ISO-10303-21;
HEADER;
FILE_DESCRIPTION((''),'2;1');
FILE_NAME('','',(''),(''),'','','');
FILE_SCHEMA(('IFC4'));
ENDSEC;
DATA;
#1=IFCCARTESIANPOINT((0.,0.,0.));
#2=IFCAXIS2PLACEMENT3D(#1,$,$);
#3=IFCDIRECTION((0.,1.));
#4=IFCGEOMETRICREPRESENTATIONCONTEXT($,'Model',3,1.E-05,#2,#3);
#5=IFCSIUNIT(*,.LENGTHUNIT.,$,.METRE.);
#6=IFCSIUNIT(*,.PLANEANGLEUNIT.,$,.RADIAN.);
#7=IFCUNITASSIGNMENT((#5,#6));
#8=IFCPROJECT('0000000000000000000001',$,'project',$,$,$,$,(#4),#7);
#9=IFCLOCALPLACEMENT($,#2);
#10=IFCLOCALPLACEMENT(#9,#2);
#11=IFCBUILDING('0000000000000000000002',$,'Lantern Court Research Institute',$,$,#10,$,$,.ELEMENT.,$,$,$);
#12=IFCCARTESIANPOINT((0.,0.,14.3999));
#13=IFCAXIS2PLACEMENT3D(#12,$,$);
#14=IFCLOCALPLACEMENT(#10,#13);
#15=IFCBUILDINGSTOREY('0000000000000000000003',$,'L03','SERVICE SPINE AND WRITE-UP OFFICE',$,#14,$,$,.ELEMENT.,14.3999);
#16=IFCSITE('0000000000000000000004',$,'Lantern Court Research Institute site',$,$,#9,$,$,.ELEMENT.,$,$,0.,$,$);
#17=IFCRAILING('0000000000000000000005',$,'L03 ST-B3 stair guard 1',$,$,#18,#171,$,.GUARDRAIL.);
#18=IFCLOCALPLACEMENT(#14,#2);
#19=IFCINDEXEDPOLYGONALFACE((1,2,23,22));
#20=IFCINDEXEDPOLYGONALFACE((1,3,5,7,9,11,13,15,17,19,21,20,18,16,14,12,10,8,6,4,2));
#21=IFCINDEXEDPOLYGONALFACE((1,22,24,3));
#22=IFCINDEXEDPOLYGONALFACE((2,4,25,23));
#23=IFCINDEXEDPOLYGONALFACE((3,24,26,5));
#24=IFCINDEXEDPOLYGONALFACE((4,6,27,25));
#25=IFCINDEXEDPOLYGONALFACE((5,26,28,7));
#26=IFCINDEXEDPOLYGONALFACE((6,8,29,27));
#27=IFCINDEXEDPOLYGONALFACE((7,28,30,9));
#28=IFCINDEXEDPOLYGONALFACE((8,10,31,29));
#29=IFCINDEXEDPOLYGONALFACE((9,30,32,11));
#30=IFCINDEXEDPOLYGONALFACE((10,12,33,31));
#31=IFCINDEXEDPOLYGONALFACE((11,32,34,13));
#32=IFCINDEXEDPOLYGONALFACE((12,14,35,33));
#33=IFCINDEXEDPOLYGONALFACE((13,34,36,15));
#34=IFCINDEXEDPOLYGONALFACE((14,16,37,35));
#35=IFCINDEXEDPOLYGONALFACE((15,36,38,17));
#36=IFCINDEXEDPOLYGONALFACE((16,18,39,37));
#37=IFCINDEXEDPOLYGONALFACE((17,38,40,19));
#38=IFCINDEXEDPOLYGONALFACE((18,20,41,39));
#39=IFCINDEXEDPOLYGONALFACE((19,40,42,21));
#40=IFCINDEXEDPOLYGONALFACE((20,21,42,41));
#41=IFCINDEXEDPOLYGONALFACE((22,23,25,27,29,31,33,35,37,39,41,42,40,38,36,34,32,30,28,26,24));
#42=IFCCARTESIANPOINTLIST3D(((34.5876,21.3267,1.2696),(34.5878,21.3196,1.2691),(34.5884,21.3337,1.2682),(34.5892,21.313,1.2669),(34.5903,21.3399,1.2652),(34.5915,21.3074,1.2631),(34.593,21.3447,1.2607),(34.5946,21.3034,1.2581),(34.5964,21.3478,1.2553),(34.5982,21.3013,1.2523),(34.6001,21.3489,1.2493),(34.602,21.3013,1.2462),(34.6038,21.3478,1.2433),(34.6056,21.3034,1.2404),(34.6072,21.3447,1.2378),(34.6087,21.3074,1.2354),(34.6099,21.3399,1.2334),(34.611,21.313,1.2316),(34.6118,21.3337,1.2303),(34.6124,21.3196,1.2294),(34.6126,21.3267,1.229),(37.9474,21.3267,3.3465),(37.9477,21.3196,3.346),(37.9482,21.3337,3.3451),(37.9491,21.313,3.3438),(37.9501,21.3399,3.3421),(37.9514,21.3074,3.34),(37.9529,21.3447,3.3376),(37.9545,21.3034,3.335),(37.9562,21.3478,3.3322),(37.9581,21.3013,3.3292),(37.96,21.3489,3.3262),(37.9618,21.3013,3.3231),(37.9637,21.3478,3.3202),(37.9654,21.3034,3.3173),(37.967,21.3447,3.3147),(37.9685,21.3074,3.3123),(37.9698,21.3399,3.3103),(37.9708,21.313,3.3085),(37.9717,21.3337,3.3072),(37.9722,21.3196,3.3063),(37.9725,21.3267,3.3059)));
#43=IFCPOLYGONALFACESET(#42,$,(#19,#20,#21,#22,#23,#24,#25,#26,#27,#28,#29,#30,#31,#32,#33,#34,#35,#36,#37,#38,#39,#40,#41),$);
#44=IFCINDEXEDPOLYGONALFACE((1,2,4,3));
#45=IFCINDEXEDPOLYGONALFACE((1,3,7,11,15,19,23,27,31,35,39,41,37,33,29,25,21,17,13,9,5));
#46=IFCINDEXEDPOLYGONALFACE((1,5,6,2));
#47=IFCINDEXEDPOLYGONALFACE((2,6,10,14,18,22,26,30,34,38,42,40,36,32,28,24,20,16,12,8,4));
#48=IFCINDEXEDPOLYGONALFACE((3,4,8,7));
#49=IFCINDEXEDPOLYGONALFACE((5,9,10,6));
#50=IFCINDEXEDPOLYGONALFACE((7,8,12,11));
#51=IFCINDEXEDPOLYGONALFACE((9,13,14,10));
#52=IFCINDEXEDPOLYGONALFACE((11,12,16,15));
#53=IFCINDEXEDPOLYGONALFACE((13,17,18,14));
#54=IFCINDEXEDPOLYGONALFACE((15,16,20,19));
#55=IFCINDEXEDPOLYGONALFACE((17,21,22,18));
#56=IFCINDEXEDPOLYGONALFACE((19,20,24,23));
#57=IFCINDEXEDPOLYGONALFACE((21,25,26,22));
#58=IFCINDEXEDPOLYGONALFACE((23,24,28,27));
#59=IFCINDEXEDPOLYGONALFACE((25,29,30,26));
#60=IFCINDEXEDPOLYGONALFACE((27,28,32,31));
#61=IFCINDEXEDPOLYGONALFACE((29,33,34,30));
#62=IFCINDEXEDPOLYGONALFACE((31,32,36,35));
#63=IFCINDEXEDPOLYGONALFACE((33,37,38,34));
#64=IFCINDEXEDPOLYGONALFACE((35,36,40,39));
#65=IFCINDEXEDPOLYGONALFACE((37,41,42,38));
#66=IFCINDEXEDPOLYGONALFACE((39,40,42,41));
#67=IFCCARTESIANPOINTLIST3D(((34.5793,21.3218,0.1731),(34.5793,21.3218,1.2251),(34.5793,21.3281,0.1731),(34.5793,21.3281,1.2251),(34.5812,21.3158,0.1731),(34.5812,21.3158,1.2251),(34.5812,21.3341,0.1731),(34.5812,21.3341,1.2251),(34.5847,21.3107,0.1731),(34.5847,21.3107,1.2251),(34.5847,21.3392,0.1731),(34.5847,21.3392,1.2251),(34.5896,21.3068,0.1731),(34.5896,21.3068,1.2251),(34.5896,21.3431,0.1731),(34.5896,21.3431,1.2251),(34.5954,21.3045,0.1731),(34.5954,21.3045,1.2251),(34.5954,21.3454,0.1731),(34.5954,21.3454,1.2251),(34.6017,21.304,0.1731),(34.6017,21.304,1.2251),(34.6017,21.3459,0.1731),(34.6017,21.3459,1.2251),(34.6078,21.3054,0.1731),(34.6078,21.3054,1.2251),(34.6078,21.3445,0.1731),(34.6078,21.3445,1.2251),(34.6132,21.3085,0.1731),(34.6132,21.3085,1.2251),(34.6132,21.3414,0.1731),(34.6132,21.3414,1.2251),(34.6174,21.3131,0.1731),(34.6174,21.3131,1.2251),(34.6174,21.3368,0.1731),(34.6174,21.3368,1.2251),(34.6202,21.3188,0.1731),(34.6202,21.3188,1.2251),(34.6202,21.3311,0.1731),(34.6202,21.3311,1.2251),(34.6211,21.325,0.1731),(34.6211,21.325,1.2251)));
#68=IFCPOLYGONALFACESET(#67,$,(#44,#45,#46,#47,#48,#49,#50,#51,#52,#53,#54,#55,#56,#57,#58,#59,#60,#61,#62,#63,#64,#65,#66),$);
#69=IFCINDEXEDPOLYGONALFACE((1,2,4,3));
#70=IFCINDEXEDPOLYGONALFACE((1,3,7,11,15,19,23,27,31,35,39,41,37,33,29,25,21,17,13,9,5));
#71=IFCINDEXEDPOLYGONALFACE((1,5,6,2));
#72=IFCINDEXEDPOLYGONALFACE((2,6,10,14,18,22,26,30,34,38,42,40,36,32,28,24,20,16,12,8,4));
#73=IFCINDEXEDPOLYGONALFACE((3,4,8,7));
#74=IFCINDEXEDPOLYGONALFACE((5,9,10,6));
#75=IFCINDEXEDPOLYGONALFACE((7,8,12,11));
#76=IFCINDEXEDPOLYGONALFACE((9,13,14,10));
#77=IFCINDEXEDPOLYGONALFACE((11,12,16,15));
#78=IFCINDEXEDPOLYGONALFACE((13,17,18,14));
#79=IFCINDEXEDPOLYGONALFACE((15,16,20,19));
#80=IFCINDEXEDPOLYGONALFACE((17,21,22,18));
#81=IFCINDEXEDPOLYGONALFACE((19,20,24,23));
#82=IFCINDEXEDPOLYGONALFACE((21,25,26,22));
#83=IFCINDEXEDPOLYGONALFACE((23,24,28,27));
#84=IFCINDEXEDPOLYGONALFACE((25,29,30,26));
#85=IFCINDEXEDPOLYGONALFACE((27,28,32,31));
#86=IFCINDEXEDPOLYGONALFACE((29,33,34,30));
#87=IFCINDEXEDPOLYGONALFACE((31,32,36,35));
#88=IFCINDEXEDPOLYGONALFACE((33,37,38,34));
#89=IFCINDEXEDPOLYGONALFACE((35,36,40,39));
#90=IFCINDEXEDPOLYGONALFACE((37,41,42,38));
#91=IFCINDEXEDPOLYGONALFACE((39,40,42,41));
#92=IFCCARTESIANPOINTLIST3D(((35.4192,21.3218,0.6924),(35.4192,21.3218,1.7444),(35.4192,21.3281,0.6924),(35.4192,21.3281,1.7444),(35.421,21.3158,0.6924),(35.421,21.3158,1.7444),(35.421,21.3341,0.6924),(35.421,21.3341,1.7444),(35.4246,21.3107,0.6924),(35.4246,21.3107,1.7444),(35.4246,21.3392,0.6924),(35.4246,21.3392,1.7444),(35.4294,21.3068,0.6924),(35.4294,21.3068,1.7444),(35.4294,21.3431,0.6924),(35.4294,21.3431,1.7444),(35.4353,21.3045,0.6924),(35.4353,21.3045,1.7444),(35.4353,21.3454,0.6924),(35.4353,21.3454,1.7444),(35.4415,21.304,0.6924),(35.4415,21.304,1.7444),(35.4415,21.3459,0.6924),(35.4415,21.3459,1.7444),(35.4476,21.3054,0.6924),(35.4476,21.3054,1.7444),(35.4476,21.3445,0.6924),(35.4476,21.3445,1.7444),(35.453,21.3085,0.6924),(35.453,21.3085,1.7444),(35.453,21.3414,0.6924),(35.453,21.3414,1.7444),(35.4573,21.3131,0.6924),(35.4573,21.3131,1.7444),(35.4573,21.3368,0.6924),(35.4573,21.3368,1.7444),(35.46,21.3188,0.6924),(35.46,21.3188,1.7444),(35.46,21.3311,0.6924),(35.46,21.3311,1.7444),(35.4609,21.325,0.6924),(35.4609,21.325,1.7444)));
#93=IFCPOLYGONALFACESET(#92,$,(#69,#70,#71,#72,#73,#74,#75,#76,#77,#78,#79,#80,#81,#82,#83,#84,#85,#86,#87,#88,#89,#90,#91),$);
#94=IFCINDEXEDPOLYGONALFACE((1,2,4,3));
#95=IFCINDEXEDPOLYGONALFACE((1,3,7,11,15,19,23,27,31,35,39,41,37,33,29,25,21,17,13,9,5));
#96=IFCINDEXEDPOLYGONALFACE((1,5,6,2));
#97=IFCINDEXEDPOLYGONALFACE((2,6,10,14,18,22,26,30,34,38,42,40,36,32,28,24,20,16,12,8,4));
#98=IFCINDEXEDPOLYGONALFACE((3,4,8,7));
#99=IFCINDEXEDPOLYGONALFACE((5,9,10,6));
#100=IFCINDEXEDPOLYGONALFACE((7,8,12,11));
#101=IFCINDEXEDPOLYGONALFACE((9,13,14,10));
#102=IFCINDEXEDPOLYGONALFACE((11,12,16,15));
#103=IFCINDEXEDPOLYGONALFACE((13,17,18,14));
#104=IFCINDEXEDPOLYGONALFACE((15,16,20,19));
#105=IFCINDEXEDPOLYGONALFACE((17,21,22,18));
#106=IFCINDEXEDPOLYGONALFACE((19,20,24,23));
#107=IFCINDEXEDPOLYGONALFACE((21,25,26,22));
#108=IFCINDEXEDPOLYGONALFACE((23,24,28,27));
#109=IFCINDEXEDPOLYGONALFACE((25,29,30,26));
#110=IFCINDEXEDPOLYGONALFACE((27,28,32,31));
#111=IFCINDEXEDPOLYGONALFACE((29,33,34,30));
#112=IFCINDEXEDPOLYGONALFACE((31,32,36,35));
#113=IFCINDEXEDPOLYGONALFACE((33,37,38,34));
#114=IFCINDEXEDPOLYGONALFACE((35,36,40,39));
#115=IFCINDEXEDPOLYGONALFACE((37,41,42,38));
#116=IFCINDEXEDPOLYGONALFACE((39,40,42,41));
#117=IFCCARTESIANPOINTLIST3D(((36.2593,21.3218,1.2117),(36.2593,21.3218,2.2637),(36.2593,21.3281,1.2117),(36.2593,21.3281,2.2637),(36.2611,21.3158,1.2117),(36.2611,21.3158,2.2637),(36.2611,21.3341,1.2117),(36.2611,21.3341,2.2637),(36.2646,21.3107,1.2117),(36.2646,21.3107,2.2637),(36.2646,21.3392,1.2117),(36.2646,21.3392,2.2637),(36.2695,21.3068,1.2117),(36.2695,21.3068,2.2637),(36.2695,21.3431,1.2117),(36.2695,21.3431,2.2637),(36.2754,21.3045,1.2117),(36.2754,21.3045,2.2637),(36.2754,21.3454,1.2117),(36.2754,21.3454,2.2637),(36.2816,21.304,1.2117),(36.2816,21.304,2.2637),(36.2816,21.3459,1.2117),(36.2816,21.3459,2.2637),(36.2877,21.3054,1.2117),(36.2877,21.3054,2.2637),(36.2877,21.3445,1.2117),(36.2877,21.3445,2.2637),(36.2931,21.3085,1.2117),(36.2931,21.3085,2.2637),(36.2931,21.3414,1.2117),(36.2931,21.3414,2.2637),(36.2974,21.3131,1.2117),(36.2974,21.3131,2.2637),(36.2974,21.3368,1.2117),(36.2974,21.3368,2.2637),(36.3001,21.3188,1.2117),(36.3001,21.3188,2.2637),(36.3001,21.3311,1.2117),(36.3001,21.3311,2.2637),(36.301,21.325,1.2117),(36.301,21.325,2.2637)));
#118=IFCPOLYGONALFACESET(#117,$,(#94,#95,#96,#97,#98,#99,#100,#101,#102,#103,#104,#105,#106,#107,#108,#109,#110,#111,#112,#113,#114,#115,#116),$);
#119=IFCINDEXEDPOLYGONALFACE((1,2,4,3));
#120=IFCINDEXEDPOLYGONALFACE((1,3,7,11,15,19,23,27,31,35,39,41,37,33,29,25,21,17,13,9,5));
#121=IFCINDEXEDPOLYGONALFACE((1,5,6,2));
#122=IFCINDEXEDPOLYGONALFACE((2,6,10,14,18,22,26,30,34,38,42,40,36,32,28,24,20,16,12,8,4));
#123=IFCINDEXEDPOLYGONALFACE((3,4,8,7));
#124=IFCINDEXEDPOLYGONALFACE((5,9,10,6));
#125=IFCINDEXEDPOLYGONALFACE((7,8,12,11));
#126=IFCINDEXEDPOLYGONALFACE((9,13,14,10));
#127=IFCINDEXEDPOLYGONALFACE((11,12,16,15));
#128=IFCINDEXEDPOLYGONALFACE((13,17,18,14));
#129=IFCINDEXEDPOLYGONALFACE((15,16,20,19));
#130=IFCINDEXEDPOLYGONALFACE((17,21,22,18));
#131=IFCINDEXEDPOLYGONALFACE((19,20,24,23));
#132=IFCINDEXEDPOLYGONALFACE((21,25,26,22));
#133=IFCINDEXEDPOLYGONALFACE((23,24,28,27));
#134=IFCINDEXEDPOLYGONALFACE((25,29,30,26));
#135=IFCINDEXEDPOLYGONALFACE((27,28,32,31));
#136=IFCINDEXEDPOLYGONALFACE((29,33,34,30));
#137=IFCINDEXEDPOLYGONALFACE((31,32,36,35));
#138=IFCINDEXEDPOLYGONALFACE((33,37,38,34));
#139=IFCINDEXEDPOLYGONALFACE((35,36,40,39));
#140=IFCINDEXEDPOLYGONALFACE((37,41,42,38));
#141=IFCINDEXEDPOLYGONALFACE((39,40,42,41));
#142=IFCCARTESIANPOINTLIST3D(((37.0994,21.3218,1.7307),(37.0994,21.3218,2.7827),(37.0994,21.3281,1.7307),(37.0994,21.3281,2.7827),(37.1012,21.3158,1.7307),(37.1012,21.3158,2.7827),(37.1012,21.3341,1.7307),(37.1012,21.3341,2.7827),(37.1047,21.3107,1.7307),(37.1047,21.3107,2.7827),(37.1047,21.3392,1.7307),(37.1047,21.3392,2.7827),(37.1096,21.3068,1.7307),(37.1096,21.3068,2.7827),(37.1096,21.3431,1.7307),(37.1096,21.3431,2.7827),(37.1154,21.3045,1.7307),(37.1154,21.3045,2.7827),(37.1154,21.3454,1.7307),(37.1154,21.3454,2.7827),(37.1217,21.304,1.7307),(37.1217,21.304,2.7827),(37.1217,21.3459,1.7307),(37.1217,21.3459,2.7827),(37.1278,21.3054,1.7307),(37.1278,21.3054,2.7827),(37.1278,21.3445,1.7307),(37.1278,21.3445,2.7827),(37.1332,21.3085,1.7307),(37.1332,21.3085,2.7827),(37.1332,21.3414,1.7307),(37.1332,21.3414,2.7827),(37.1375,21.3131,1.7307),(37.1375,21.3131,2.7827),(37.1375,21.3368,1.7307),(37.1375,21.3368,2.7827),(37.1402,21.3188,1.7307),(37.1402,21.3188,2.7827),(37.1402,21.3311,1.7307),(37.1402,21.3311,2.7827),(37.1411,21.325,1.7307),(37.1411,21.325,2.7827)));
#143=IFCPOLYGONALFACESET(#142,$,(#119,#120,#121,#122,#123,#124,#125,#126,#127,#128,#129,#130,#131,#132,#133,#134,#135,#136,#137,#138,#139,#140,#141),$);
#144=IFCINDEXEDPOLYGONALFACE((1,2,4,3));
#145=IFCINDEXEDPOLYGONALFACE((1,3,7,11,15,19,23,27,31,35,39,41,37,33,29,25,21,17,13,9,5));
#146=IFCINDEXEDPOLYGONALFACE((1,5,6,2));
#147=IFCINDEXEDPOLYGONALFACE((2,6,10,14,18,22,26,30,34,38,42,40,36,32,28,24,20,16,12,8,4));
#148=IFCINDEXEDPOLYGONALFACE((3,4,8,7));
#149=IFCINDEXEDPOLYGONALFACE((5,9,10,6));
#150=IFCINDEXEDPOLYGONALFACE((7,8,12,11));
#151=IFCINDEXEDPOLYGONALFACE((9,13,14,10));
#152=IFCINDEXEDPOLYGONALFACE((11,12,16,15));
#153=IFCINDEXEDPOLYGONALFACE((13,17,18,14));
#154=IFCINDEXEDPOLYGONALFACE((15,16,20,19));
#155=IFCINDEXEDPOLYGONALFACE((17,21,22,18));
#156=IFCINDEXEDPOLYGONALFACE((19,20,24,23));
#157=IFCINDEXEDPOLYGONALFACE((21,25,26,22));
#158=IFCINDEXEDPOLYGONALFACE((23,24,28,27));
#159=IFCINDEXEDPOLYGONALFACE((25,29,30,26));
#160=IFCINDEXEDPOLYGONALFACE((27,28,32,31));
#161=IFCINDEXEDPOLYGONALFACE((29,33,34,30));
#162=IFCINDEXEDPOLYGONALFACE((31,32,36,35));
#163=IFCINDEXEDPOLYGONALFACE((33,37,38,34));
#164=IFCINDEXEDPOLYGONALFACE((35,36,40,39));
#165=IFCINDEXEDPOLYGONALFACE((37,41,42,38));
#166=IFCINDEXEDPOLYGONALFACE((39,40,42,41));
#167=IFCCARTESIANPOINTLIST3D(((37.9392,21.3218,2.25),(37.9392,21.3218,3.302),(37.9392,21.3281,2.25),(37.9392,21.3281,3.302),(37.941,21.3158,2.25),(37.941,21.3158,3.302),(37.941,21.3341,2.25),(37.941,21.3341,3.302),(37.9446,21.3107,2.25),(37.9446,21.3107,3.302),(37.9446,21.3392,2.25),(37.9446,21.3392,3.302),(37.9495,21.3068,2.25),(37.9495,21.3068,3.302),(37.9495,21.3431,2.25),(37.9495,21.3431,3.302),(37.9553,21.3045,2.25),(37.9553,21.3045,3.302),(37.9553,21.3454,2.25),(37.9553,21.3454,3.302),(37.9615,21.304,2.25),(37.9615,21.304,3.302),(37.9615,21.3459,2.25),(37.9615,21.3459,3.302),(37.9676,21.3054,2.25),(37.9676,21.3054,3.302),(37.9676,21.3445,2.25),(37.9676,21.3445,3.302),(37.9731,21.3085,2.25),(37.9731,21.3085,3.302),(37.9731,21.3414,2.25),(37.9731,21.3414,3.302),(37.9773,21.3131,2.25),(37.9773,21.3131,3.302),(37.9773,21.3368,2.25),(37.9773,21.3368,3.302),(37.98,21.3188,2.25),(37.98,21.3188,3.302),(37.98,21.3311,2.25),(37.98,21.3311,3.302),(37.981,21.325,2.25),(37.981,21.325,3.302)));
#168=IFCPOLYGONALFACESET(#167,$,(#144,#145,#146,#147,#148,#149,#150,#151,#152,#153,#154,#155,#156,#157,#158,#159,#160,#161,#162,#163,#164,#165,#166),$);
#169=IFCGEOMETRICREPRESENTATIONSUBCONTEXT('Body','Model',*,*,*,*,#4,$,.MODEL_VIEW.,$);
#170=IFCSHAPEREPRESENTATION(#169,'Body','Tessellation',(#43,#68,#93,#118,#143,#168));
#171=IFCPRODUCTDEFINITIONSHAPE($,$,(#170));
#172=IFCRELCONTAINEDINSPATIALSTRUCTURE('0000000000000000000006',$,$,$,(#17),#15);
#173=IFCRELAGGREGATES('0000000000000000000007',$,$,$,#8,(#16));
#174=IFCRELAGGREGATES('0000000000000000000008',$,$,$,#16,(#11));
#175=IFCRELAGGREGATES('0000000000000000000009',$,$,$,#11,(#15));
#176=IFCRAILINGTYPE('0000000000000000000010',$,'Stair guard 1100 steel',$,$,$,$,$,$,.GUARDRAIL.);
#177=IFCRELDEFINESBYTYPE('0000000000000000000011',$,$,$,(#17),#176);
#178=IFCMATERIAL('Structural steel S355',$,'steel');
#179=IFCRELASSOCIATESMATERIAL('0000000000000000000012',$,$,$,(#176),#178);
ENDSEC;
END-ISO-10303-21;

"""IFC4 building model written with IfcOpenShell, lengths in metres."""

from ifc_helpers import new_model, si_unit, direction, frame, origin, origin_2d, place, context, subcontext, project, spatial, circle, extrude, material, type_object, element, save


model = new_model("IFC4")

# Units and contexts
model_context = context("Model", 3, precision=1e-05, world=origin(), true_north=direction((0.0, 1.0)))
body_context = subcontext(model_context, "Body", "Model", "MODEL_VIEW")
ifc_project = project(units=[si_unit("LENGTHUNIT", "METRE"), si_unit("PLANEANGLEUNIT", "RADIAN")], contexts=[model_context])

# Site, building, storey
site_placement = place(None, origin())
site = spatial("IfcSite", under=ifc_project, at=site_placement, Name="Lantern Court Research Institute site", CompositionType="ELEMENT", RefElevation=0.0)
building_placement = place(site_placement, origin())
building = spatial("IfcBuilding", under=site, at=building_placement, Name="Lantern Court Research Institute", CompositionType="ELEMENT")
storey_placement = place(building_placement, frame((0.0, 0.0, 14.3999)))
storey = spatial("IfcBuildingStorey", under=building, at=storey_placement, Name="L03", Description="SERVICE SPINE AND WRITE-UP OFFICE", CompositionType="ELEMENT", Elevation=14.3999)

# Railing
ifc_material_1 = material(Name="Structural steel S355", Category="steel")
railing_type_1 = type_object("IfcRailingType", Name="Stair guard 1100 steel", PredefinedType="GUARDRAIL", material=ifc_material_1)
railing_1_placement = place(storey_placement, frame((34.6001, 21.325, 0.1731)))
element("IfcRailing", 1, at=railing_1_placement, inside=storey, type_object=railing_type_1, Name="L03 ST-B3 stair guard 1", PredefinedType="GUARDRAIL", context=body_context, shape_type="SweptSolid", body=[
    extrude(circle(Radius=0.0239, at=origin_2d()), frame((0.0, 0.0, 1.0762), z_axis=(0.850606, 0.0, 0.525803), x_axis=(0.0, 1.0, 0.0)), (0.0, 0.0, 1.0), 3.95),
    extrude(circle(Radius=0.021, at=origin_2d()), origin(), (0.0, 0.0, 1.0), 1.052),
    extrude(circle(Radius=0.021, at=origin_2d()), frame((0.8398, 0.0, 0.5193)), (0.0, 0.0, 1.0), 1.052),
    extrude(circle(Radius=0.021, at=origin_2d()), frame((1.6799, 0.0, 1.0386)), (0.0, 0.0, 1.0), 1.052),
    extrude(circle(Radius=0.021, at=origin_2d()), frame((2.52, 0.0, 1.5576)), (0.0, 0.0, 1.0), 1.052),
    extrude(circle(Radius=0.021, at=origin_2d()), frame((3.3599, 0.0, 2.0769)), (0.0, 0.0, 1.0), 1.052),
])

save(model, "model.ifc")
